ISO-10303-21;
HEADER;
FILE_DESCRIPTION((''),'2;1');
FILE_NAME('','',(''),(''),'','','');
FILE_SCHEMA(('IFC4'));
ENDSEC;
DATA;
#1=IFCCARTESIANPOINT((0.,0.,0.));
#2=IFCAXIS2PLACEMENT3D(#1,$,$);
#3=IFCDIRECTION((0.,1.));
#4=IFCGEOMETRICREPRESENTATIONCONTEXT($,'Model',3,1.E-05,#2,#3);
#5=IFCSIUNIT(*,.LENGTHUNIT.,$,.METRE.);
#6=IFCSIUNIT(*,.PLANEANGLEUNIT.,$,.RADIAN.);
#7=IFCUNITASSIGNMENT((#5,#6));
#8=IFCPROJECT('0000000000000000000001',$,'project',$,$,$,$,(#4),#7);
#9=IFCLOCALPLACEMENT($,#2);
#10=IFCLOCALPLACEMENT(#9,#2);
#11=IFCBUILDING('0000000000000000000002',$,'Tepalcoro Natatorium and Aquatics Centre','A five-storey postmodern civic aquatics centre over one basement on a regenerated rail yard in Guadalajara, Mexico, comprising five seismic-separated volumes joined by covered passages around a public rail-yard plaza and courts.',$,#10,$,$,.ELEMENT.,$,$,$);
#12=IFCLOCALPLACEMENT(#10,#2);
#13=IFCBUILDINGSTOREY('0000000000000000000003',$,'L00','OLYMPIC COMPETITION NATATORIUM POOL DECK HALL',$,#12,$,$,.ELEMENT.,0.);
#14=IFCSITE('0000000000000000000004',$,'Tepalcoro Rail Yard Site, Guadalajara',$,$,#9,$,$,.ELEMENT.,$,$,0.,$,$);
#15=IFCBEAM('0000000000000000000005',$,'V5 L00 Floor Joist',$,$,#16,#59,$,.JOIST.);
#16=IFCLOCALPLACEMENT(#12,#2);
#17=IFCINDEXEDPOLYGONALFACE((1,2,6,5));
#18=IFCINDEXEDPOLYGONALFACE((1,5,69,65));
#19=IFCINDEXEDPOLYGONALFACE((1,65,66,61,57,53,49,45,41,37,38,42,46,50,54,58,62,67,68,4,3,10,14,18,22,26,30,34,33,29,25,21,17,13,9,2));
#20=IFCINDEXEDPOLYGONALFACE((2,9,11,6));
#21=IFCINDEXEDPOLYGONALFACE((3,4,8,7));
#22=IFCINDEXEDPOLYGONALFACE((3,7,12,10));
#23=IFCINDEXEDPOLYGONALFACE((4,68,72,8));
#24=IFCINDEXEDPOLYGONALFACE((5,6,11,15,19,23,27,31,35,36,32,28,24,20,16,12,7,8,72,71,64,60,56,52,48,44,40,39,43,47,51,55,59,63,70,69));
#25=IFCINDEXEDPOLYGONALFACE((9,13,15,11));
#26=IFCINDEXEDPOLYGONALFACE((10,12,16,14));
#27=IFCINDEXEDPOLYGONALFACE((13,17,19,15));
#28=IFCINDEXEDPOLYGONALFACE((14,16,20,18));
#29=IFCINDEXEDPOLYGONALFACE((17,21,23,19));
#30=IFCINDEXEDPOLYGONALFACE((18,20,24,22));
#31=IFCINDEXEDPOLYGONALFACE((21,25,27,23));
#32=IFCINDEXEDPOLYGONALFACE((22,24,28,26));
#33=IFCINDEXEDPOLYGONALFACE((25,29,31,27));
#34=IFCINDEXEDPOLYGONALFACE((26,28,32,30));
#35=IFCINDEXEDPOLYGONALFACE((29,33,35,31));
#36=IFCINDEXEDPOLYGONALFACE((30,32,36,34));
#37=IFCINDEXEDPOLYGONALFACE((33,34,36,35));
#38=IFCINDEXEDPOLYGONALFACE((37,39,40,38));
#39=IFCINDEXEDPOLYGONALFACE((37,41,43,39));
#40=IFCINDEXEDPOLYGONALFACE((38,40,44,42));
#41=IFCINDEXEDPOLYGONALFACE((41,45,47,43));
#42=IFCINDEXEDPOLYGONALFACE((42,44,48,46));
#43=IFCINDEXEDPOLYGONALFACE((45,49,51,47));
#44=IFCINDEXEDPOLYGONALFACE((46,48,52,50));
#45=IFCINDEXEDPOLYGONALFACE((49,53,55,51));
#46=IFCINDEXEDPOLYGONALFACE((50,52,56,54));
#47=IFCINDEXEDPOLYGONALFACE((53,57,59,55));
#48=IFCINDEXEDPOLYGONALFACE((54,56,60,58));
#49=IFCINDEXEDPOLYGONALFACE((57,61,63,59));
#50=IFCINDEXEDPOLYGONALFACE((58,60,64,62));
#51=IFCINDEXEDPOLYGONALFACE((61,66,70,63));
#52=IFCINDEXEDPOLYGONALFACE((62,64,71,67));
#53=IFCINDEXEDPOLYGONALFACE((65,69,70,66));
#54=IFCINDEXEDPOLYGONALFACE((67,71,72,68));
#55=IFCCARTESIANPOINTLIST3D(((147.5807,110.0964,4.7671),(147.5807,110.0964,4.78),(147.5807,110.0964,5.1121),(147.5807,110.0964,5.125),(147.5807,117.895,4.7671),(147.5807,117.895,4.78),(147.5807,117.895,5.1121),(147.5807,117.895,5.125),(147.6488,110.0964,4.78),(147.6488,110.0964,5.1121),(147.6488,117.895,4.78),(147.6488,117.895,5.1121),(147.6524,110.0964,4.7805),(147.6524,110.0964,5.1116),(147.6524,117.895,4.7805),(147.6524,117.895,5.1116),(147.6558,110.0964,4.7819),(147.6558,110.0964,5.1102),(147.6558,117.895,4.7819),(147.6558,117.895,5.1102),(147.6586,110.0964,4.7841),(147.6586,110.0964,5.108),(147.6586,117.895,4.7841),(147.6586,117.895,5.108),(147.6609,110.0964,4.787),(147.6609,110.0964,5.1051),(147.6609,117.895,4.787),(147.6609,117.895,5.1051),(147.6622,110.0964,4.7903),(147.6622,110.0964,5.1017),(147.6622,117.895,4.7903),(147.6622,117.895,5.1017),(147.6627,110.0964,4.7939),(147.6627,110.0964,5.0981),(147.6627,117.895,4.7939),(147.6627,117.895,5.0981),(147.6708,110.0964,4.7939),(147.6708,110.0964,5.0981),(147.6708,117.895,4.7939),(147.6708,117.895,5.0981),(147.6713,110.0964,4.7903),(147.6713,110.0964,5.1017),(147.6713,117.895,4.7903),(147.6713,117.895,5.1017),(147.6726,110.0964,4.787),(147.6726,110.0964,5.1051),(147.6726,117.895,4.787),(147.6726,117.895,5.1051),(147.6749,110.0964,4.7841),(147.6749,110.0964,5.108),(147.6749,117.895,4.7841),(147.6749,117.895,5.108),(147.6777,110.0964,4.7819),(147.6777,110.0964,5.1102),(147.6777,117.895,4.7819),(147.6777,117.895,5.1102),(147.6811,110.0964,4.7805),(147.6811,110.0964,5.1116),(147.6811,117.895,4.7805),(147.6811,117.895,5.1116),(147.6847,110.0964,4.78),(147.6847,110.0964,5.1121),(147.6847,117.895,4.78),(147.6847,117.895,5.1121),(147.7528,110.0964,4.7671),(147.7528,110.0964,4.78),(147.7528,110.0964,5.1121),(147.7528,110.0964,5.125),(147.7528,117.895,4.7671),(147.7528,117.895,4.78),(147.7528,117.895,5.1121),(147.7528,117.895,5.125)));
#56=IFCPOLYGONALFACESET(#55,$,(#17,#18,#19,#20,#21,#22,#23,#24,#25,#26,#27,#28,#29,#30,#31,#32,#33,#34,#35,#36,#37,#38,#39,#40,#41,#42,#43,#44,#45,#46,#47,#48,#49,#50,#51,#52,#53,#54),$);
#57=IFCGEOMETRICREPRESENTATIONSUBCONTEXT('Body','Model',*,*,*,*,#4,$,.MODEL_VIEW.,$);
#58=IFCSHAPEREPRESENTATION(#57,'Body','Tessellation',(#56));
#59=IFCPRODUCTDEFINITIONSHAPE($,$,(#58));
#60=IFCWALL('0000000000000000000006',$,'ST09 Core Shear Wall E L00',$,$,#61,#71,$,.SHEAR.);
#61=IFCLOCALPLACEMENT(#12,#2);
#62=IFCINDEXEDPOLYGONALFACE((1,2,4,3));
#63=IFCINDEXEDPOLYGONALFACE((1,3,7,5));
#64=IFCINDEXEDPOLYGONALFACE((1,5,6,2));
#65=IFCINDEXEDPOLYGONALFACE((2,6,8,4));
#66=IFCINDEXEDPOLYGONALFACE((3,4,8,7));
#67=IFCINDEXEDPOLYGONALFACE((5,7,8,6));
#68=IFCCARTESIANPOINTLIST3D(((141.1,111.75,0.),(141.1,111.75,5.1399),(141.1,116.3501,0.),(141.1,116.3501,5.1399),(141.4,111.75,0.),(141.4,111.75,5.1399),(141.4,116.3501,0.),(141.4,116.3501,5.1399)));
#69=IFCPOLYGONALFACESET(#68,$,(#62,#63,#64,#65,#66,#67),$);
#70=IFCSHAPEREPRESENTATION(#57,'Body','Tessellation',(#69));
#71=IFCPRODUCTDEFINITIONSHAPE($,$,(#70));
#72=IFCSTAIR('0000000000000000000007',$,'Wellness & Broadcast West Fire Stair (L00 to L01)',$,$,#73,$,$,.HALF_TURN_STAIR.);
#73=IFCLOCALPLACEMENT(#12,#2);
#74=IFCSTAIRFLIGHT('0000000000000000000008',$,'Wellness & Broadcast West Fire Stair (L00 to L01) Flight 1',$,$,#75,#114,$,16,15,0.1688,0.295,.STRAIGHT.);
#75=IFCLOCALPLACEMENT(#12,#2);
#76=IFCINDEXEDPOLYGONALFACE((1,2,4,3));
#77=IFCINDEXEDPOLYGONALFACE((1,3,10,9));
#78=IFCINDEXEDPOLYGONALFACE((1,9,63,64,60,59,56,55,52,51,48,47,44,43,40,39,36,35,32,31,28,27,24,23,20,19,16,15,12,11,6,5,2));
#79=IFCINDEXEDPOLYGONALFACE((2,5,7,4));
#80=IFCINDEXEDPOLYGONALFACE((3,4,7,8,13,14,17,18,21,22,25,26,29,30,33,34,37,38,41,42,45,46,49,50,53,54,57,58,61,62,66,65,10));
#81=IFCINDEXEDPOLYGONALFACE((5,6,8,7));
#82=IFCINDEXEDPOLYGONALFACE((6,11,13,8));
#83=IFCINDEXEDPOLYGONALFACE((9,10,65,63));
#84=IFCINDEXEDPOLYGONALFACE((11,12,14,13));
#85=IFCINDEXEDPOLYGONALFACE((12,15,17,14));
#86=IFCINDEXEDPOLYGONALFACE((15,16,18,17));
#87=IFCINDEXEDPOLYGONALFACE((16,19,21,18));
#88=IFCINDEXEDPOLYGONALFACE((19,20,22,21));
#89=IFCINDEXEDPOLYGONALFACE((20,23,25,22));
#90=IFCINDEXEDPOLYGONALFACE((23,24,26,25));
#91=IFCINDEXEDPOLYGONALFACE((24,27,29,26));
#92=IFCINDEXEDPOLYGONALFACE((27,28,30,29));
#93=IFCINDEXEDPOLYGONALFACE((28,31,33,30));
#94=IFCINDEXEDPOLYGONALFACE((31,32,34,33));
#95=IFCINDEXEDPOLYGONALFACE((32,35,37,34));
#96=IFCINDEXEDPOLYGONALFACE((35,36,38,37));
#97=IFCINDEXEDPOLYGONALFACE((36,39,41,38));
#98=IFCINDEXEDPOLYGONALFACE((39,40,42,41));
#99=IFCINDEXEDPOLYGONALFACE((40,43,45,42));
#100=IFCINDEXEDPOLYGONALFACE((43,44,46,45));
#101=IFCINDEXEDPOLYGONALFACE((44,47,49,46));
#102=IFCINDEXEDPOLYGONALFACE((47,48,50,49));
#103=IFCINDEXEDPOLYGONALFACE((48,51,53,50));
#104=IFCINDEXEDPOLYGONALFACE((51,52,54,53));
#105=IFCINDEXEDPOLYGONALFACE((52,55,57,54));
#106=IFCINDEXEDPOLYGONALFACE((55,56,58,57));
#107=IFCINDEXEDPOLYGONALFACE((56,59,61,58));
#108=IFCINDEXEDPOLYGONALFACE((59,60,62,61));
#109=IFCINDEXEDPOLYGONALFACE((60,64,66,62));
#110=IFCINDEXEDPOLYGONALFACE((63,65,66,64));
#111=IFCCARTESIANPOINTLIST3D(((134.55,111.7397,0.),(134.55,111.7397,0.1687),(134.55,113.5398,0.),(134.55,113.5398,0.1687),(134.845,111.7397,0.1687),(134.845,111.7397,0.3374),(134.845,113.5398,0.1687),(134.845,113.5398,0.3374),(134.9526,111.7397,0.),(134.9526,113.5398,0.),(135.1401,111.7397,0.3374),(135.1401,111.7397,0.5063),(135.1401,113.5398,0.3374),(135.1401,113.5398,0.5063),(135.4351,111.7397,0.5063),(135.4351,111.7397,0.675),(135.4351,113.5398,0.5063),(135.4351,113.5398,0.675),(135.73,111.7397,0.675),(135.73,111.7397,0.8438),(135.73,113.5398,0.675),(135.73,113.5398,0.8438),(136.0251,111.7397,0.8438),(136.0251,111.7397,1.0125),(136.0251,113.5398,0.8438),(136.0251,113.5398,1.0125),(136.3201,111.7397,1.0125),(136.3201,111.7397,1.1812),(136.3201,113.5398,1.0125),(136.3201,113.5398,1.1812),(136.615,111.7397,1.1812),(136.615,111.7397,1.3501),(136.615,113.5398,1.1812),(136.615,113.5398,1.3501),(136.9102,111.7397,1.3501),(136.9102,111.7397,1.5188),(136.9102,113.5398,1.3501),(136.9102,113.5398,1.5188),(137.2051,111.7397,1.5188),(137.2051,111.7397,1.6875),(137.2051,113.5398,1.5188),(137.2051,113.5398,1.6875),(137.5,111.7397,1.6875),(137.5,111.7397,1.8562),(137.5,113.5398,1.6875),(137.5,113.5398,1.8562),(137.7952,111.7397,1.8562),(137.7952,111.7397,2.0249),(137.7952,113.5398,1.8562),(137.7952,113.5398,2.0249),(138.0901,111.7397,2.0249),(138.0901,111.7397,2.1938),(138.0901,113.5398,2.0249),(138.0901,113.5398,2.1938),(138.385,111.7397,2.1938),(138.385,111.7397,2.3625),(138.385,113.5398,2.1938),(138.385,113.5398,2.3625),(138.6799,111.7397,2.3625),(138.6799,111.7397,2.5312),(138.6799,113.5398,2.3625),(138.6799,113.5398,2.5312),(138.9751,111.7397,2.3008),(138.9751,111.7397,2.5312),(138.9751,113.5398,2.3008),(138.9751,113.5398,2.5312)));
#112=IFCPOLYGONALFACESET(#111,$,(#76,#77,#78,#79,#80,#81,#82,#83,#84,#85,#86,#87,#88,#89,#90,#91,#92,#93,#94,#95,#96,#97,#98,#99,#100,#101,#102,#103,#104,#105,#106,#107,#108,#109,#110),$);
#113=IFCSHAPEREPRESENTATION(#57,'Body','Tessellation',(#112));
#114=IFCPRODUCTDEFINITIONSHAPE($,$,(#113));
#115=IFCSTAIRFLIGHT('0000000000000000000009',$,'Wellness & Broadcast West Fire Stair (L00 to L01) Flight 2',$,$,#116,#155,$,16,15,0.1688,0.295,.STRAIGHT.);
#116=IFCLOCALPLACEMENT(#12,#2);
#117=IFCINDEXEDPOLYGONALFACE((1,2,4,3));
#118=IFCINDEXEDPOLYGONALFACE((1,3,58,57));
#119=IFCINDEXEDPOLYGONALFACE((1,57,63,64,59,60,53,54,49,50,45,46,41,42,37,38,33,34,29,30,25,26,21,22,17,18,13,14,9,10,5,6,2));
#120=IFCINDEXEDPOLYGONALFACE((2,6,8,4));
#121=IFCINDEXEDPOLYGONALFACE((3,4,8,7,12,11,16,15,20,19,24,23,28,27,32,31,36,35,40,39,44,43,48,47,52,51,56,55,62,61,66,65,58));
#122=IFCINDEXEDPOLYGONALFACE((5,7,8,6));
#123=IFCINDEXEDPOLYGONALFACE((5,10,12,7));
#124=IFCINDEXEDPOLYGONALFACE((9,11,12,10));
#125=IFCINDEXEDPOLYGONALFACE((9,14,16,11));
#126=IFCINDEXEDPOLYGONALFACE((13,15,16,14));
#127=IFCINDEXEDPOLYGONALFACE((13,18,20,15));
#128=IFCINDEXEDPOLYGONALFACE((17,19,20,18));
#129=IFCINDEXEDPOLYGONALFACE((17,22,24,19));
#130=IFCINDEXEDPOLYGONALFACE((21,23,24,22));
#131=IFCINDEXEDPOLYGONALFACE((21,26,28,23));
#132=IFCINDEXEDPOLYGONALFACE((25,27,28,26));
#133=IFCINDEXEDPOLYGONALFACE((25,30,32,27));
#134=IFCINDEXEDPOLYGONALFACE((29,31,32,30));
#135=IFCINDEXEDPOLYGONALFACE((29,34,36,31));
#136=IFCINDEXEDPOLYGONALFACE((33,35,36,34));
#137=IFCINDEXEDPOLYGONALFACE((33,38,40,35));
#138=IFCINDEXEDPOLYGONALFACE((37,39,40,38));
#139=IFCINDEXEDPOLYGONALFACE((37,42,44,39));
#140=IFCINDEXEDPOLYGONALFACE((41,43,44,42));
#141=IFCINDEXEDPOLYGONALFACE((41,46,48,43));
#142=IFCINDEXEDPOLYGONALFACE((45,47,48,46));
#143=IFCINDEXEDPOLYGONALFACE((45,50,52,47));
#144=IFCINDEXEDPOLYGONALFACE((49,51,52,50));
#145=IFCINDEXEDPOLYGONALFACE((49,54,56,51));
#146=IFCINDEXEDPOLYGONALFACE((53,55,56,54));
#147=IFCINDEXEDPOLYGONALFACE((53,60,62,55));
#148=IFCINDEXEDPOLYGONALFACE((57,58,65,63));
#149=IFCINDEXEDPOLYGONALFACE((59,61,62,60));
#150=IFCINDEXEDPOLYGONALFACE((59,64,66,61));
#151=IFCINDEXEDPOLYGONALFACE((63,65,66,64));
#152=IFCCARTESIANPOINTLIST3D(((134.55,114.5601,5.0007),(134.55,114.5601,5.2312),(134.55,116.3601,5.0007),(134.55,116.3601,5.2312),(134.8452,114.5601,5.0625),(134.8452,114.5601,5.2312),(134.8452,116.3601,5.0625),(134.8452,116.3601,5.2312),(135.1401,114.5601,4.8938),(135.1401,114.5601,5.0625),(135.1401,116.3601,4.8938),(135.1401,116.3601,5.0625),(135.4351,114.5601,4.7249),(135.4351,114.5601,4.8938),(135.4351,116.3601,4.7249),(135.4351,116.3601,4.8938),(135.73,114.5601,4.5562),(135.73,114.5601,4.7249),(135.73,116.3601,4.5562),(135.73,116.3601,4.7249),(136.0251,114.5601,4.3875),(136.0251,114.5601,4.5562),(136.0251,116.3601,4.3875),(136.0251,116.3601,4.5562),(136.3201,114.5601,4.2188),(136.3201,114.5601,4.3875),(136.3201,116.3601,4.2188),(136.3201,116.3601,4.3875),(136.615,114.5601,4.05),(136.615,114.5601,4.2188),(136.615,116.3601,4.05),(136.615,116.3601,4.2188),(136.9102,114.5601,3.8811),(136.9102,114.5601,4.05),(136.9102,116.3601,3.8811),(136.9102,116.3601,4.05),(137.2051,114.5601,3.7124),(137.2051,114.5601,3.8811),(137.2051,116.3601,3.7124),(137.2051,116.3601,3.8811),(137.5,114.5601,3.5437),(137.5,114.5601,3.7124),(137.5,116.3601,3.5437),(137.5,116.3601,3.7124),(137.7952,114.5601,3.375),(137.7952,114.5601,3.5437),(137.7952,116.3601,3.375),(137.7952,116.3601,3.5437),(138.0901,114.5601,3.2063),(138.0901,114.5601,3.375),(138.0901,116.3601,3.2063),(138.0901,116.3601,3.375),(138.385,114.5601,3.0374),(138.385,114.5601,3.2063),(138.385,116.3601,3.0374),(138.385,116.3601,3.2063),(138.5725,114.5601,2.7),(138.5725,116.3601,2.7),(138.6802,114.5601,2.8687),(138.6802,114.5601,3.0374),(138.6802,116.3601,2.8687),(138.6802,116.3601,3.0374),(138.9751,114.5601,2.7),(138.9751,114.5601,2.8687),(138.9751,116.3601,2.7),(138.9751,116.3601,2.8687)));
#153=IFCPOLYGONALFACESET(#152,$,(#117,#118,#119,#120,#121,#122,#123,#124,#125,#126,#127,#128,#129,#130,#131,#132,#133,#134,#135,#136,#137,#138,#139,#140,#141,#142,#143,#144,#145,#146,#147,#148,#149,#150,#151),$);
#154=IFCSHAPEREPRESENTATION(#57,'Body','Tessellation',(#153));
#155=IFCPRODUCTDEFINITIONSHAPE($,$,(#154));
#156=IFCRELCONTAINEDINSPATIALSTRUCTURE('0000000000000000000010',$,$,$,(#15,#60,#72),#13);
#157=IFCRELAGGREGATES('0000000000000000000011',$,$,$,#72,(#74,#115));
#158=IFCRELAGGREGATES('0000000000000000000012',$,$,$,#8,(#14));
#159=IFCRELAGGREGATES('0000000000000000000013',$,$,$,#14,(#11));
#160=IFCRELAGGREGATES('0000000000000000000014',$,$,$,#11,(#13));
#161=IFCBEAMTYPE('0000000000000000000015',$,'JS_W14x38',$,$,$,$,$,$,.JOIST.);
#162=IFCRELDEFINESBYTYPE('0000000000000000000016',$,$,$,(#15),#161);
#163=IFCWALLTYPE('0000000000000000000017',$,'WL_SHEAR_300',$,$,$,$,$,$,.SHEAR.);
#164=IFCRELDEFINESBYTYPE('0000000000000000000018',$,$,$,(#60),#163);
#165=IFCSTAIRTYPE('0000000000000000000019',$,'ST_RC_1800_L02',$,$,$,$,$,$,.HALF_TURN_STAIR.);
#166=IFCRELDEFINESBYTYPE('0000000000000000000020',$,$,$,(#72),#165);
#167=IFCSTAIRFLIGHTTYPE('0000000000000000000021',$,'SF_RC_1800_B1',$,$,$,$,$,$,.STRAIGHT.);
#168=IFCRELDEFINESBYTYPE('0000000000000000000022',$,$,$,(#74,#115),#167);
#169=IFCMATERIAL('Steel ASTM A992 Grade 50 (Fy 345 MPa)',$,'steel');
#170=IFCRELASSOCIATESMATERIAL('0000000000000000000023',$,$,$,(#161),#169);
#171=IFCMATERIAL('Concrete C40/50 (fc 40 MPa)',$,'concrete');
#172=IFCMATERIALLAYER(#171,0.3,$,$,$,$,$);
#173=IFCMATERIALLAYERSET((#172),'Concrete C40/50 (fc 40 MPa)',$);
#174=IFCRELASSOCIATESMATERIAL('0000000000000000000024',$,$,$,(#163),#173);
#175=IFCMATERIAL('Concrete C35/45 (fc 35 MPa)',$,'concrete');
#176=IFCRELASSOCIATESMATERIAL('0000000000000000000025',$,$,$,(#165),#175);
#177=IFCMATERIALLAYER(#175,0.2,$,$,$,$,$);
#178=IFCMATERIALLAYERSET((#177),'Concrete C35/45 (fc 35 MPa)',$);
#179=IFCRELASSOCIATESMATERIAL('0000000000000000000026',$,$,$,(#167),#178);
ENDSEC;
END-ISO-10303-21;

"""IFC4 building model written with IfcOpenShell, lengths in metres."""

from ifc_helpers import new_model, si_unit, direction, frame, frame_2d, origin, origin_2d, place, context, subcontext, project, spatial, polyline, rectangle, i_section, outline, extrude, material, layer, layer_set, material_profile, profile_set, type_object, element, aggregate, save


model = new_model("IFC4")

# Units and contexts
model_context = context("Model", 3, precision=1e-05, world=origin(), true_north=direction((0.0, 1.0)))
body_context = subcontext(model_context, "Body", "Model", "MODEL_VIEW")
ifc_project = project(units=[si_unit("LENGTHUNIT", "METRE"), si_unit("PLANEANGLEUNIT", "RADIAN")], contexts=[model_context])

# Site, building, storey
site_placement = place(None, origin())
site = spatial("IfcSite", under=ifc_project, at=site_placement, Name="Tepalcoro Rail Yard Site, Guadalajara", CompositionType="ELEMENT", RefElevation=0.0)
building_placement = place(site_placement, origin())
building = spatial("IfcBuilding", under=site, at=building_placement, Name="Tepalcoro Natatorium and Aquatics Centre", Description="A five-storey postmodern civic aquatics centre over one basement on a regenerated rail yard in Guadalajara, Mexico, comprising five seismic-separated volumes joined by covered passages around a public rail-yard plaza and courts.", CompositionType="ELEMENT")
storey_placement = place(building_placement, origin())
storey = spatial("IfcBuildingStorey", under=building, at=storey_placement, Name="L00", Description="OLYMPIC COMPETITION NATATORIUM POOL DECK HALL", CompositionType="ELEMENT", Elevation=0.0)

# Shared definitions
ifc_material_1 = material(Name="Concrete C40/50 (fc 40 MPa)", Category="concrete")

# Beam
ifc_material_2 = material(Name="Steel ASTM A992 Grade 50 (Fy 345 MPa)", Category="steel")
ifc_material_profile_1 = material_profile(ifc_material_2, i_section(OverallWidth=0.1721, OverallDepth=0.3579, WebThickness=0.0081, FlangeThickness=0.0129, FilletRadius=0.0139, at=origin_2d()), Name="W14X38")
ifc_profile_set_1 = profile_set([ifc_material_profile_1], Name="Steel ASTM A992 Grade 50 (Fy 345 MPa)")
beam_type_1 = type_object("IfcBeamType", Name="JS_W14x38", PredefinedType="JOIST", material=ifc_profile_set_1)
beam_1_placement = place(storey_placement, frame((147.6667, 110.0964, 4.946), z_axis=(0.0, 1.0, 0.0), x_axis=(-1.0, 0.0, 0.0)))
element("IfcBeam", 1, at=beam_1_placement, inside=storey, type_object=beam_type_1, Name="V5 L00 Floor Joist", PredefinedType="JOIST", context=body_context, shape_type="SweptSolid", body=[
    extrude(i_section(OverallWidth=0.1721, OverallDepth=0.3579, WebThickness=0.0081, FlangeThickness=0.0129, FilletRadius=0.0139, at=origin_2d()), origin(), (0.0, 0.0, 1.0), 7.7986),
])

# Wall
ifc_layer_1 = layer(ifc_material_1, 0.3)
ifc_layer_set_1 = layer_set([ifc_layer_1], Name="Concrete C40/50 (fc 40 MPa)")
wall_type = type_object("IfcWallType", Name="WL_SHEAR_300", PredefinedType="SHEAR", material=ifc_layer_set_1)
wall_placement = place(storey_placement, frame((141.25, 111.75, 0.0), z_axis=(0.0, 0.0, 1.0), x_axis=(0.0, 1.0, 0.0)))
element("IfcWall", 2, at=wall_placement, inside=storey, type_object=wall_type, Name="ST09 Core Shear Wall E L00", PredefinedType="SHEAR", context=body_context, shape_type="SweptSolid", body=[
    extrude(rectangle(XDim=4.6001, YDim=0.3, at=frame_2d((2.3, 0.0))), origin(), (0.0, 0.0, 1.0), 5.1399),
])

# Stair, stair flights
ifc_material_3 = material(Name="Concrete C35/45 (fc 35 MPa)", Category="concrete")
stair_type = type_object("IfcStairType", Name="ST_RC_1800_L02", PredefinedType="HALF_TURN_STAIR", material=ifc_material_3)
stair_placement = place(storey_placement, origin())
stair = element("IfcStair", 3, at=stair_placement, inside=storey, type_object=stair_type, Name="Wellness & Broadcast West Fire Stair (L00 to L01)", PredefinedType="HALF_TURN_STAIR")
ifc_layer_2 = layer(ifc_material_3, 0.2)
ifc_layer_set_2 = layer_set([ifc_layer_2], Name="Concrete C35/45 (fc 35 MPa)")
stair_flight_type = type_object("IfcStairFlightType", Name="SF_RC_1800_B1", PredefinedType="STRAIGHT", material=ifc_layer_set_2)
stair_flight_1_placement = place(storey_placement, frame((134.55, 112.6399, 0.0), z_axis=(0.0, 0.0, 1.0), x_axis=(1.0, 0.0, 0.0)))
stair_flight_1 = element("IfcStairFlight", 4, at=stair_flight_1_placement, type_object=stair_flight_type, Name="Wellness & Broadcast West Fire Stair (L00 to L01) Flight 1", NumberOfRisers=16, NumberOfTreads=15, PredefinedType="STRAIGHT", RiserHeight=0.1688, TreadLength=0.295, context=body_context, shape_type="SweptSolid", body=[
    extrude(outline(polyline([(0.0, 0.0), (0.0, 0.1687), (0.2949, 0.1687), (0.2949, 0.3374), (0.5901, 0.3374), (0.5901, 0.5063), (0.885, 0.5063), (0.885, 0.675), (1.1799, 0.675), (1.1799, 0.8438), (1.4751, 0.8438), (1.4751, 1.0125), (1.77, 1.0125), (1.77, 1.1812), (2.0649, 1.1812), (2.0649, 1.3501), (2.3601, 1.3501), (2.3601, 1.5188), (2.655, 1.5188), (2.655, 1.6875), (2.95, 1.6875), (2.95, 1.8562), (3.2451, 1.8562), (3.2451, 2.0249), (3.54, 2.0249), (3.54, 2.1938), (3.835, 2.1938), (3.835, 2.3625), (4.1299, 2.3625), (4.1299, 2.5312), (4.425, 2.5312), (4.425, 2.7), (4.425, 2.3008), (0.4026, 0.0), (0.0, 0.0)])), frame((0.0, 0.8999, 0.0), z_axis=(0.0, -1.0, 0.0), x_axis=(1.0, 0.0, 0.0)), (0.0, 0.0, 1.0), 1.8),
])
stair_flight_2_placement = place(storey_placement, frame((138.9751, 115.46, 2.7), z_axis=(0.0, 0.0, 1.0), x_axis=(-1.0, 0.0, 0.0)))
stair_flight_2 = element("IfcStairFlight", 5, at=stair_flight_2_placement, type_object=stair_flight_type, Name="Wellness & Broadcast West Fire Stair (L00 to L01) Flight 2", NumberOfRisers=16, NumberOfTreads=15, PredefinedType="STRAIGHT", RiserHeight=0.1688, TreadLength=0.295, context=body_context, shape_type="SweptSolid", body=[
    extrude(outline(polyline([(0.0, 0.0), (0.0, 0.1687), (0.2949, 0.1687), (0.2949, 0.3374), (0.5901, 0.3374), (0.5901, 0.5063), (0.885, 0.5063), (0.885, 0.675), (1.1799, 0.675), (1.1799, 0.8438), (1.4751, 0.8438), (1.4751, 1.0125), (1.77, 1.0125), (1.77, 1.1812), (2.0649, 1.1812), (2.0649, 1.3501), (2.3601, 1.3501), (2.3601, 1.5188), (2.655, 1.5188), (2.655, 1.6875), (2.95, 1.6875), (2.95, 1.8562), (3.2451, 1.8562), (3.2451, 2.0249), (3.54, 2.0249), (3.54, 2.1938), (3.835, 2.1938), (3.835, 2.3625), (4.1299, 2.3625), (4.1299, 2.5312), (4.425, 2.5312), (4.425, 2.7), (4.425, 2.3008), (0.4026, 0.0), (0.0, 0.0)])), frame((0.0, 0.8999, 0.0), z_axis=(0.0, -1.0, 0.0), x_axis=(1.0, 0.0, 0.0)), (0.0, 0.0, 1.0), 1.8),
])
aggregate(stair, [stair_flight_1, stair_flight_2])

save(model, "model.ifc")
